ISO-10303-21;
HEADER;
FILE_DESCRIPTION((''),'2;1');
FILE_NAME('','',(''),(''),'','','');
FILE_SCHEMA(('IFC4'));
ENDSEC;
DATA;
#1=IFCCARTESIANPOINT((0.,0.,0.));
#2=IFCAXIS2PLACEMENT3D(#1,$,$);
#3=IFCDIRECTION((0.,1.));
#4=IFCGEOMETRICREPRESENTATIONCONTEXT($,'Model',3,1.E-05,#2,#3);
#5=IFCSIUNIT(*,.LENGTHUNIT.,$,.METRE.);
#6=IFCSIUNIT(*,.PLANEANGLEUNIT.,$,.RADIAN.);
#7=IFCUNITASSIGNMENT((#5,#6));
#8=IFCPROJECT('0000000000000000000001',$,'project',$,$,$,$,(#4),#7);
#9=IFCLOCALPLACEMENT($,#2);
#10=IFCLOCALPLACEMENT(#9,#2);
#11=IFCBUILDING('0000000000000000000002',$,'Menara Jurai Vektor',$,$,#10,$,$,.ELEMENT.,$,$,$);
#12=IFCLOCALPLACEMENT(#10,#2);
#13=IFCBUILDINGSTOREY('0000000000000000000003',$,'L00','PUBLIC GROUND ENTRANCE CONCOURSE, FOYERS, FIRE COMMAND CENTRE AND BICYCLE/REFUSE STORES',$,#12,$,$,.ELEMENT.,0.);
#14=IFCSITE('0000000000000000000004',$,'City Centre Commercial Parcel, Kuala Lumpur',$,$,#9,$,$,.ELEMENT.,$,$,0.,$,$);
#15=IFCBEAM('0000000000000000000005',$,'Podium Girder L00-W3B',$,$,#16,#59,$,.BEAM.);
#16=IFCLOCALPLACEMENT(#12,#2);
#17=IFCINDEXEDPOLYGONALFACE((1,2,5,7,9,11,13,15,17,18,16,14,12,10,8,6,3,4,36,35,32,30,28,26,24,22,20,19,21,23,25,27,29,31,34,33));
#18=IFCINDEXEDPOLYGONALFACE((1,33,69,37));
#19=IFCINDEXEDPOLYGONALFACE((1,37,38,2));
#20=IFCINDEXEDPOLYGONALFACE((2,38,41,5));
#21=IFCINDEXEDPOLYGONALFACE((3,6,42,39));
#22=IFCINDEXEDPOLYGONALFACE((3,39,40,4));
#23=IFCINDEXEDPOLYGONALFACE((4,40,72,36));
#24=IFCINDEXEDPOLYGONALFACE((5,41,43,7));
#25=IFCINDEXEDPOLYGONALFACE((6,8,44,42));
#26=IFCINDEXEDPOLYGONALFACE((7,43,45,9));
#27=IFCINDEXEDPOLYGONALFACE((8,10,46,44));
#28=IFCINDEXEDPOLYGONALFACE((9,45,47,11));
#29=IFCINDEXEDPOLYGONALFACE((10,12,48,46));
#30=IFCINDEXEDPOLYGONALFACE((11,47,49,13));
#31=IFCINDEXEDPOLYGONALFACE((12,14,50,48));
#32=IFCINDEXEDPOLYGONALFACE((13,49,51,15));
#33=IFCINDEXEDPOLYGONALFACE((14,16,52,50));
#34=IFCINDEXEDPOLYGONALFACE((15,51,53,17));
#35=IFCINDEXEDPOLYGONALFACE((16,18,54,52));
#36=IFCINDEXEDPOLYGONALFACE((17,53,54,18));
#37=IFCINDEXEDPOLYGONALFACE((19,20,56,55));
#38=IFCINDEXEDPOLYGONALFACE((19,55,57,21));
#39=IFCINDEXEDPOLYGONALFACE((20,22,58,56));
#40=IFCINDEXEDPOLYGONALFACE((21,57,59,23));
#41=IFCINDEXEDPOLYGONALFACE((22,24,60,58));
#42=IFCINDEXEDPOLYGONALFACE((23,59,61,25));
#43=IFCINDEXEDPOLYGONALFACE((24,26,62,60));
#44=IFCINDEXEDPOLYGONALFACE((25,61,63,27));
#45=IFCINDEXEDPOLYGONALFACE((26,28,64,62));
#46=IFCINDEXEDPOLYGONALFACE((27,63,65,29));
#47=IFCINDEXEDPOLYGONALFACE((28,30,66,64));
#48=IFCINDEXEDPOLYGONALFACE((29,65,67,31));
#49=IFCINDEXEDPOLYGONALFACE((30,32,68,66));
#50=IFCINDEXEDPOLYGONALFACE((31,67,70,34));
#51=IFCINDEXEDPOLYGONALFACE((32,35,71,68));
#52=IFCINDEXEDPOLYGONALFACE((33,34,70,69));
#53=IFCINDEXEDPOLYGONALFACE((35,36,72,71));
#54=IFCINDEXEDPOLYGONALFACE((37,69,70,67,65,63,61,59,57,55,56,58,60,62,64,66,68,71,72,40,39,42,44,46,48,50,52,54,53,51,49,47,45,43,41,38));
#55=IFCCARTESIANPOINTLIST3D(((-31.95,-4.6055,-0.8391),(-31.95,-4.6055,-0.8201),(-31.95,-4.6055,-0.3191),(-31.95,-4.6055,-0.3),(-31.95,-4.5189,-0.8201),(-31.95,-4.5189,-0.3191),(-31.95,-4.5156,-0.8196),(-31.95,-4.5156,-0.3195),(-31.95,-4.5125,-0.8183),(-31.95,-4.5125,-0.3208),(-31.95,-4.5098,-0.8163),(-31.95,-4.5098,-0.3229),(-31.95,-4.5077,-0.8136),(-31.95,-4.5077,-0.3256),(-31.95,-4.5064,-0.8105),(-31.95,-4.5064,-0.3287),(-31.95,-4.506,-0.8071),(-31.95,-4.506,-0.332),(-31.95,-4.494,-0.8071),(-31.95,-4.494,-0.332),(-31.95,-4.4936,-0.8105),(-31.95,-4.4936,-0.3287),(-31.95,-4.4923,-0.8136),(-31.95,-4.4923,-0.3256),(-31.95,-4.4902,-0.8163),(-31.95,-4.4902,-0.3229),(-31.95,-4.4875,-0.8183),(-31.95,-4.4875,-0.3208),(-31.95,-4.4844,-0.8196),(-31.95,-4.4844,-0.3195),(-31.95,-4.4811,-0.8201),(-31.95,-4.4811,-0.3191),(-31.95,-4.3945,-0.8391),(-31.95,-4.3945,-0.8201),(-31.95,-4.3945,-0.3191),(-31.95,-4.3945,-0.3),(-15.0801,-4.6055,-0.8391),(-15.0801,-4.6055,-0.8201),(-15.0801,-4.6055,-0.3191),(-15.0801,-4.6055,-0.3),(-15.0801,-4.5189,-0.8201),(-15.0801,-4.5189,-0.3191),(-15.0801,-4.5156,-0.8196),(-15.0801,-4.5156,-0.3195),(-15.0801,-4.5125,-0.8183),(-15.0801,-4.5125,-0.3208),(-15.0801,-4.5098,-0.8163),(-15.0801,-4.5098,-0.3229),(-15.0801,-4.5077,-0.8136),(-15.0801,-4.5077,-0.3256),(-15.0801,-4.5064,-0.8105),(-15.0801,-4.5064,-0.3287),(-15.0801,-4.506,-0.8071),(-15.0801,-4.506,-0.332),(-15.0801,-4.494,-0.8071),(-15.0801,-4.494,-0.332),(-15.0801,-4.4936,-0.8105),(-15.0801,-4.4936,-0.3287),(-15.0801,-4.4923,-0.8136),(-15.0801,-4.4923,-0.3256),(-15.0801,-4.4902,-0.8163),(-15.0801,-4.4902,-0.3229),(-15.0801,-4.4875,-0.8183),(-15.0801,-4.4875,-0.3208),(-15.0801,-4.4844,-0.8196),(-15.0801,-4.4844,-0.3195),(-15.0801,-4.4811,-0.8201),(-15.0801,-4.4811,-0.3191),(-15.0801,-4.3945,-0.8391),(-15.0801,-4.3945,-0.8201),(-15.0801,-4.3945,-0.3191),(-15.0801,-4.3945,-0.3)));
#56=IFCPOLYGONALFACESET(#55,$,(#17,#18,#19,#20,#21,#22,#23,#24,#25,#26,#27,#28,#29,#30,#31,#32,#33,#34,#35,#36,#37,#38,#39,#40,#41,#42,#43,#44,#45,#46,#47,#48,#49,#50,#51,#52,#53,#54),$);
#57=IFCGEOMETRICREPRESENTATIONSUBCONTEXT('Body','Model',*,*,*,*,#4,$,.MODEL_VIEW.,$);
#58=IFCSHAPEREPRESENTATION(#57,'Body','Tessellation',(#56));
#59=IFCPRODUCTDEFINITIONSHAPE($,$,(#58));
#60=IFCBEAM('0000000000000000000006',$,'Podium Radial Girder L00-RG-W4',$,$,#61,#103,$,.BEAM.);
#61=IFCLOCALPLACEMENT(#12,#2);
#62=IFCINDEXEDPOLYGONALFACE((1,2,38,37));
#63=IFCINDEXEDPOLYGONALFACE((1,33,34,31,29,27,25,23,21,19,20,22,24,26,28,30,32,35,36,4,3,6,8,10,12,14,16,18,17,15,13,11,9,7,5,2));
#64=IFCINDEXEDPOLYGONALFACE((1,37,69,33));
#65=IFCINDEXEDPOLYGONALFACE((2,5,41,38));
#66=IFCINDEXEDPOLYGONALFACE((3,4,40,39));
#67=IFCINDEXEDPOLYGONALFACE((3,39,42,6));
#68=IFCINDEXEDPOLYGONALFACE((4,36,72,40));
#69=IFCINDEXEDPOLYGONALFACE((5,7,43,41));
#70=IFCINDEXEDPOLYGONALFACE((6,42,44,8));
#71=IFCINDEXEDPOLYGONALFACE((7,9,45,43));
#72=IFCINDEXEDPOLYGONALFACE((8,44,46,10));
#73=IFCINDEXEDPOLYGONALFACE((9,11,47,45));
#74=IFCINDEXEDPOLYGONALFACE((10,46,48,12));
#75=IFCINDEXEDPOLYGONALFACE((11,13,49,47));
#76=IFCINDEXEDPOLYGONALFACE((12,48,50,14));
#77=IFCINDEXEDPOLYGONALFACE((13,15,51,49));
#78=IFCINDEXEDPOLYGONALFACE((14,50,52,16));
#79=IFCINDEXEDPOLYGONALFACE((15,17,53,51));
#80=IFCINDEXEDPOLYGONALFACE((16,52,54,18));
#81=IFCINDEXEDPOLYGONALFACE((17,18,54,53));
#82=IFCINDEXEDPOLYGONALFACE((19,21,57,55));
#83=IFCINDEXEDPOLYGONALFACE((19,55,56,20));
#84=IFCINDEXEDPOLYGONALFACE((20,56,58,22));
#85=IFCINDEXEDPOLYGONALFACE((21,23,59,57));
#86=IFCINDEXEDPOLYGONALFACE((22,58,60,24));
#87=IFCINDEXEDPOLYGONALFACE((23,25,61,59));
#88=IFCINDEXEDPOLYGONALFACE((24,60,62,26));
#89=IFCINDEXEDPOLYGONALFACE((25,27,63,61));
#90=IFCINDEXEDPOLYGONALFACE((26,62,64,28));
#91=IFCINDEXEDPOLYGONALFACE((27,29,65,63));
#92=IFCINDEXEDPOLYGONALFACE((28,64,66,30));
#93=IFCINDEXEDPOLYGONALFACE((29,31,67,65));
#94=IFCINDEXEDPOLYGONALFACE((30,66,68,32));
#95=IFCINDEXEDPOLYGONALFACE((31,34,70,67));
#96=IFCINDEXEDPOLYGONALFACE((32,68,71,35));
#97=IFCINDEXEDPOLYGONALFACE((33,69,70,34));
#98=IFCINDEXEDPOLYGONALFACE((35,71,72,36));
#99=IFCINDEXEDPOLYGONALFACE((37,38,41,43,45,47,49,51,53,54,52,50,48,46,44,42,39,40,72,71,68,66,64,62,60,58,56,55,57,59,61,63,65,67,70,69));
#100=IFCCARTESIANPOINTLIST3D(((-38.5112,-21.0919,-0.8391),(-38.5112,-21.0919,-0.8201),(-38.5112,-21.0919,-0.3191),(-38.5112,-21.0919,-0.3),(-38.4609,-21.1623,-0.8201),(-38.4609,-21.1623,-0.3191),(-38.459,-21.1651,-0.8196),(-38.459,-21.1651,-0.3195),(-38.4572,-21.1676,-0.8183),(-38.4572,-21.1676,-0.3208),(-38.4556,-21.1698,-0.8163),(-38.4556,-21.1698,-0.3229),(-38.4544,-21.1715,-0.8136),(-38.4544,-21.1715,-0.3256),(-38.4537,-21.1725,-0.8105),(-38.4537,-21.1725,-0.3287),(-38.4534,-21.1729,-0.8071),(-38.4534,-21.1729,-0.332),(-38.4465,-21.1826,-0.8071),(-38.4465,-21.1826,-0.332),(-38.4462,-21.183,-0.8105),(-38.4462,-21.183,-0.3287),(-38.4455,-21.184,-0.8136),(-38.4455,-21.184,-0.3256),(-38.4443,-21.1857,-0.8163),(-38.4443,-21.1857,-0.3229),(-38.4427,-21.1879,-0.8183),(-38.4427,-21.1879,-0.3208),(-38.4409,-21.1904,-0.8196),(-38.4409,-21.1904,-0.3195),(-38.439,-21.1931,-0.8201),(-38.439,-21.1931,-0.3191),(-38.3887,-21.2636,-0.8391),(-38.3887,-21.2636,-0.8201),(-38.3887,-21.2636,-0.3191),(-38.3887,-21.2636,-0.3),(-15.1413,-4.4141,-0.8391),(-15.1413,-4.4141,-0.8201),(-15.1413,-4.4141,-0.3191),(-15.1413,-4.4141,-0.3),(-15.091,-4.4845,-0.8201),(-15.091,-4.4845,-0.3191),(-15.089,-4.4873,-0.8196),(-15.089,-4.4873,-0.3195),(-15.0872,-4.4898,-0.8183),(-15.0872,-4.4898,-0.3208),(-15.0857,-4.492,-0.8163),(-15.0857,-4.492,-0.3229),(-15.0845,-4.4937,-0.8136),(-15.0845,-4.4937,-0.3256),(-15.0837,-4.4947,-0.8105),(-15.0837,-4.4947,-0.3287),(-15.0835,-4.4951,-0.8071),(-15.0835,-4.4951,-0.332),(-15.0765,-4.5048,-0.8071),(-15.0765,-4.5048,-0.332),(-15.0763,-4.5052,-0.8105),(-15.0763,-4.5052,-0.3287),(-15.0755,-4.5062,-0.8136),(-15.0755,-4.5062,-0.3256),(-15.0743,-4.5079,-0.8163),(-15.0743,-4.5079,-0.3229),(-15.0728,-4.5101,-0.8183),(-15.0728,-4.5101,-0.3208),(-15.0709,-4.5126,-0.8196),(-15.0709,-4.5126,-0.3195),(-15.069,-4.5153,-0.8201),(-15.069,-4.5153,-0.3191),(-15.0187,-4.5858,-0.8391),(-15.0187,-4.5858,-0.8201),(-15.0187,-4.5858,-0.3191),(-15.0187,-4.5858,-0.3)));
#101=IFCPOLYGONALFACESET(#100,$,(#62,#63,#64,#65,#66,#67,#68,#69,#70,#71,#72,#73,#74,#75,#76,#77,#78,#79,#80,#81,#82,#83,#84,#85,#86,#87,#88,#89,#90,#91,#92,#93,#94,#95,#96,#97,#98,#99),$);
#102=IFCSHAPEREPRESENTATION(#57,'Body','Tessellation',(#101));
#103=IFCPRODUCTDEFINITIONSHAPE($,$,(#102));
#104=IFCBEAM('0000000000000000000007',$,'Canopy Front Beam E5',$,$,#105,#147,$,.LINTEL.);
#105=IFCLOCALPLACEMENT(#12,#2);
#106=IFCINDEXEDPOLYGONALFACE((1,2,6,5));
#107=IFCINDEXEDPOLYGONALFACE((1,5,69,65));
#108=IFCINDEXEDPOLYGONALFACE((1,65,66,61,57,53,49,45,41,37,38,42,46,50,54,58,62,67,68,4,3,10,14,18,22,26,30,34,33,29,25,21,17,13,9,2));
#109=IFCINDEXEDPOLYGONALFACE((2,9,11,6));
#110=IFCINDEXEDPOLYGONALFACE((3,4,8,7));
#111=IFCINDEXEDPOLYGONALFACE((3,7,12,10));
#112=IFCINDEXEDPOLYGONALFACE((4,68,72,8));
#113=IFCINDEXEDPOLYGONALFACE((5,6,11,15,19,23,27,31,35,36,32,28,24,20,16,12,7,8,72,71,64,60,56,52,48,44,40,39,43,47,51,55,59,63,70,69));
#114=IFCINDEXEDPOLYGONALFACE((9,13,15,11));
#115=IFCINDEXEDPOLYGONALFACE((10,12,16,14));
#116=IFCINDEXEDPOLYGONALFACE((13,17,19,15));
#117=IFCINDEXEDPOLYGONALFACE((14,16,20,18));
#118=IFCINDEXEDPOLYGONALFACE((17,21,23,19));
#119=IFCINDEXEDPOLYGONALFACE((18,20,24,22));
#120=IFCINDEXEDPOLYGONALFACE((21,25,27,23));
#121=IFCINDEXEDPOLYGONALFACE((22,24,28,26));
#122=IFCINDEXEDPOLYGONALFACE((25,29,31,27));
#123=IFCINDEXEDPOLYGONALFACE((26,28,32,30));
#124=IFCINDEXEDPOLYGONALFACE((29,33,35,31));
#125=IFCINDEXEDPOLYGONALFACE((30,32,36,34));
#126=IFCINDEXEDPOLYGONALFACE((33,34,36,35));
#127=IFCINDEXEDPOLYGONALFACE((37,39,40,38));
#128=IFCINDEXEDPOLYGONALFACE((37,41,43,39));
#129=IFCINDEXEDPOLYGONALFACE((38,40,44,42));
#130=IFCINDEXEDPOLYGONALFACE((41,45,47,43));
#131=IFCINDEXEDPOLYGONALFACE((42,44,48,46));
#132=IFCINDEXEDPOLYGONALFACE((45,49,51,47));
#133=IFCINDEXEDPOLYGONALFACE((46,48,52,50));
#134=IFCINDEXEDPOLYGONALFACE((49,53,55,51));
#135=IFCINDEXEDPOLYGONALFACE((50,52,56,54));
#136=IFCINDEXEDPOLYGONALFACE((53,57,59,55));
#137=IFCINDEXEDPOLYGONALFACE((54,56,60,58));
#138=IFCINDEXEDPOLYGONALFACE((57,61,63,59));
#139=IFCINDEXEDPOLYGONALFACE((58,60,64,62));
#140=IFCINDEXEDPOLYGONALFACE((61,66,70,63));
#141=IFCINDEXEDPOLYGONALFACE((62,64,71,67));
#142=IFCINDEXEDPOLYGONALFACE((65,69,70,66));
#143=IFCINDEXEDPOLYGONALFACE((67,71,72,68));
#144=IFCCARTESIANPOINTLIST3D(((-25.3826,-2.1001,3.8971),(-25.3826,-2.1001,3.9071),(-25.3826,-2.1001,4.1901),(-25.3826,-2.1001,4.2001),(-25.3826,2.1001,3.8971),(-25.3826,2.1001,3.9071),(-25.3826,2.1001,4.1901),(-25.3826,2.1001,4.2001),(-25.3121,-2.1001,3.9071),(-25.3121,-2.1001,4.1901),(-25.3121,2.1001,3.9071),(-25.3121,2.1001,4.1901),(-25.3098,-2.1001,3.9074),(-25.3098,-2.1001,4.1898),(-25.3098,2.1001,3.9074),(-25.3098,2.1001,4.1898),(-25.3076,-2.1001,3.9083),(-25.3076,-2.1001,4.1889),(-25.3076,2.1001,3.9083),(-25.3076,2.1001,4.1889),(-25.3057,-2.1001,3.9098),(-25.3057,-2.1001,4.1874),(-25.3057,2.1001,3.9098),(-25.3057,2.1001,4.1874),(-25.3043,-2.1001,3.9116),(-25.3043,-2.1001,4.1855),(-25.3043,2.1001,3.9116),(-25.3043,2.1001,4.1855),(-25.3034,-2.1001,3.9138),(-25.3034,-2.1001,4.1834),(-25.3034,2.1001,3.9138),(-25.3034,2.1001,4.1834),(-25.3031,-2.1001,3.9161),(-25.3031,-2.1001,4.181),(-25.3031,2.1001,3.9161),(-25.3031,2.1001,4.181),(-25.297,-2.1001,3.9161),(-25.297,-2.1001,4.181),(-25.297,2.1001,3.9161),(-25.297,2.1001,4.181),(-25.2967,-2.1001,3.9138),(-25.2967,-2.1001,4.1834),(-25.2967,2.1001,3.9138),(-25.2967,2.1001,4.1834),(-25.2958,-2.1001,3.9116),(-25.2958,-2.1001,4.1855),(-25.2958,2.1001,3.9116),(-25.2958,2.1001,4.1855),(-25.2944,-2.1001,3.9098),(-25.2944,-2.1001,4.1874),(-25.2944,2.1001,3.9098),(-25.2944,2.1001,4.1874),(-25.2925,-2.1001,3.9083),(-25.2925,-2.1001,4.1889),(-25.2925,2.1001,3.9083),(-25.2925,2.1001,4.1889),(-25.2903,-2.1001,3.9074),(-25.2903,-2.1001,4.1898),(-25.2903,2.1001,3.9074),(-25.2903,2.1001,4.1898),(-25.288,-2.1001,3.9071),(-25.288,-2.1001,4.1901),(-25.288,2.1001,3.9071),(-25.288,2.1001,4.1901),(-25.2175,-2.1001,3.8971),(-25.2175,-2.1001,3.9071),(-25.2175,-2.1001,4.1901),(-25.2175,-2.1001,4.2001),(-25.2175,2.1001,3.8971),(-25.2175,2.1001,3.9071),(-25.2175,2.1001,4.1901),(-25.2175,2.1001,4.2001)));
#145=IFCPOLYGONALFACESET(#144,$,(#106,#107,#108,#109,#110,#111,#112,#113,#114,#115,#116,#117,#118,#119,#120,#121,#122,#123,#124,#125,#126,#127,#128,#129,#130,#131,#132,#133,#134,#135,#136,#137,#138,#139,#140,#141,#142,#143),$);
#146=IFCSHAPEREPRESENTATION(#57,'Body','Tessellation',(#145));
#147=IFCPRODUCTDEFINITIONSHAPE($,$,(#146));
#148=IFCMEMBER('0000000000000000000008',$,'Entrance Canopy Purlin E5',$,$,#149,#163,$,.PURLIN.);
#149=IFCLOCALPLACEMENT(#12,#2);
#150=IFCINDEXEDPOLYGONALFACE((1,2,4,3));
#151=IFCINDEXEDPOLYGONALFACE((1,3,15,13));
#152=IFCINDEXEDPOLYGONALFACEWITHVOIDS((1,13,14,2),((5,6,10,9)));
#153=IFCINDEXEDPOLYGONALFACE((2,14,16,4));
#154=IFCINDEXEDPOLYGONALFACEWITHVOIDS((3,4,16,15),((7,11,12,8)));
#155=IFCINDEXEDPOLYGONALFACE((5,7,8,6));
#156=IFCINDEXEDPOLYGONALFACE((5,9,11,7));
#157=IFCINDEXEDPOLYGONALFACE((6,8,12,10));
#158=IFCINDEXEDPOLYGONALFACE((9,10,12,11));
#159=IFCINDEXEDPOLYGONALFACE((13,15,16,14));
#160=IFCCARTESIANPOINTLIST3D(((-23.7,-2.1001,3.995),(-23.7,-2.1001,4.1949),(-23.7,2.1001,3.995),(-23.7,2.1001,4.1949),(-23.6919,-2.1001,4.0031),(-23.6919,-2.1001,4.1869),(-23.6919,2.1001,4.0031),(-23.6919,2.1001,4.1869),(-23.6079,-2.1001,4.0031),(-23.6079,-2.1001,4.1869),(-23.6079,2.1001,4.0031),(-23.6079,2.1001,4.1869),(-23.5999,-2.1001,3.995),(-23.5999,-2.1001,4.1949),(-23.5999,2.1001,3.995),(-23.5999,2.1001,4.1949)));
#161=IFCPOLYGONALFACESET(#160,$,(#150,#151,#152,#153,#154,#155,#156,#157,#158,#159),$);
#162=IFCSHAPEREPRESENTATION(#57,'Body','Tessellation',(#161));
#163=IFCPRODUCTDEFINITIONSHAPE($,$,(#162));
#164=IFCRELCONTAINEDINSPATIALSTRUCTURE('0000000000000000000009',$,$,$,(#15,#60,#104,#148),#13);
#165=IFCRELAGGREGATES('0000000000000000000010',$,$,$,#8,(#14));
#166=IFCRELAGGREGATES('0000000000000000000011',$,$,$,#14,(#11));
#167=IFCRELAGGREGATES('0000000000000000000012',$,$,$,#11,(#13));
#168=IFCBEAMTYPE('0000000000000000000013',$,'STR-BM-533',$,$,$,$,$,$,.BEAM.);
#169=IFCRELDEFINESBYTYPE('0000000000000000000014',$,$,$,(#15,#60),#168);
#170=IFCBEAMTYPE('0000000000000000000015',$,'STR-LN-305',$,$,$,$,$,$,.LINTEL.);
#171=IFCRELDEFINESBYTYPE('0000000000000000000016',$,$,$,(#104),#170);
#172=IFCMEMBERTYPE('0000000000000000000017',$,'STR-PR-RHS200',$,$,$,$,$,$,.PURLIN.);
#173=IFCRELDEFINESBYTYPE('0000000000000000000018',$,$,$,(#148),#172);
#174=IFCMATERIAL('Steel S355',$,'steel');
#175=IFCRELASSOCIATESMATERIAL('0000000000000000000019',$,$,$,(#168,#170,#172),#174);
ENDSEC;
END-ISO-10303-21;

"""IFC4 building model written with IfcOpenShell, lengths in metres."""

from ifc_helpers import new_model, si_unit, direction, frame, origin, origin_2d, place, context, subcontext, project, spatial, hollow_rectangle, i_section, extrude, material, material_profile, profile_set, type_object, element, save


model = new_model("IFC4")

# Units and contexts
model_context = context("Model", 3, precision=1e-05, world=origin(), true_north=direction((0.0, 1.0)))
body_context = subcontext(model_context, "Body", "Model", "MODEL_VIEW")
ifc_project = project(units=[si_unit("LENGTHUNIT", "METRE"), si_unit("PLANEANGLEUNIT", "RADIAN")], contexts=[model_context])

# Site, building, storey
site_placement = place(None, origin())
site = spatial("IfcSite", under=ifc_project, at=site_placement, Name="City Centre Commercial Parcel, Kuala Lumpur", CompositionType="ELEMENT", RefElevation=0.0)
building_placement = place(site_placement, origin())
building = spatial("IfcBuilding", under=site, at=building_placement, Name="Menara Jurai Vektor", CompositionType="ELEMENT")
storey_placement = place(building_placement, origin())
storey = spatial("IfcBuildingStorey", under=building, at=storey_placement, Name="L00", Description="PUBLIC GROUND ENTRANCE CONCOURSE, FOYERS, FIRE COMMAND CENTRE AND BICYCLE/REFUSE STORES", CompositionType="ELEMENT", Elevation=0.0)

# Shared definitions
ifc_material_1 = material(Name="Steel S355", Category="steel")

# Beams
ifc_material_profile_1 = material_profile(ifc_material_1, i_section(OverallWidth=0.2109, OverallDepth=0.5391, WebThickness=0.012, FlangeThickness=0.019, FilletRadius=0.0129, at=origin_2d()), Name="UKB 533x210x109")
ifc_profile_set_1 = profile_set([ifc_material_profile_1], Name="Steel S355")
beam_type_1 = type_object("IfcBeamType", Name="STR-BM-533", PredefinedType="BEAM", material=ifc_profile_set_1)
beam_1_placement = place(storey_placement, frame((-31.95, -4.5, -0.5696), z_axis=(1.0, 0.0, 0.0), x_axis=(0.0, 1.0, 0.0)))
element("IfcBeam", 1, at=beam_1_placement, inside=storey, type_object=beam_type_1, Name="Podium Girder L00-W3B", PredefinedType="BEAM", context=body_context, shape_type="SweptSolid", body=[
    extrude(i_section(OverallWidth=0.2109, OverallDepth=0.5391, WebThickness=0.012, FlangeThickness=0.019, FilletRadius=0.0129, at=origin_2d()), origin(), (0.0, 0.0, 1.0), 16.8699),
])
beam_2_placement = place(storey_placement, frame((-38.45, -21.1777, -0.5696), z_axis=(0.813981, 0.580891, 0.0), x_axis=(-0.580891, 0.813981, 0.0)))
element("IfcBeam", 2, at=beam_2_placement, inside=storey, type_object=beam_type_1, Name="Podium Radial Girder L00-RG-W4", PredefinedType="BEAM", context=body_context, shape_type="SweptSolid", body=[
    extrude(i_section(OverallWidth=0.2109, OverallDepth=0.5391, WebThickness=0.012, FlangeThickness=0.019, FilletRadius=0.0129, at=origin_2d()), origin(), (0.0, 0.0, 1.0), 28.7107),
])
ifc_material_profile_2 = material_profile(ifc_material_1, i_section(OverallWidth=0.165, OverallDepth=0.303, WebThickness=0.0061, FlangeThickness=0.01, FilletRadius=0.009, at=origin_2d()), Name="UKB 305x165x40")
ifc_profile_set_2 = profile_set([ifc_material_profile_2], Name="Steel S355")
beam_type_2 = type_object("IfcBeamType", Name="STR-LN-305", PredefinedType="LINTEL", material=ifc_profile_set_2)
beam_3_placement = place(storey_placement, frame((-25.3, -2.1001, 4.0486), z_axis=(0.0, 1.0, 0.0), x_axis=(-1.0, 0.0, 0.0)))
element("IfcBeam", 3, at=beam_3_placement, inside=storey, type_object=beam_type_2, Name="Canopy Front Beam E5", PredefinedType="LINTEL", context=body_context, shape_type="SweptSolid", body=[
    extrude(i_section(OverallWidth=0.165, OverallDepth=0.303, WebThickness=0.0061, FlangeThickness=0.01, FilletRadius=0.009, at=origin_2d()), origin(), (0.0, 0.0, 1.0), 4.2002),
])

# Member
ifc_material_profile_3 = material_profile(ifc_material_1, hollow_rectangle(XDim=0.1001, YDim=0.2, WallThickness=0.0081, at=origin_2d()), Name="RHS 200x100x8")
ifc_profile_set_3 = profile_set([ifc_material_profile_3], Name="Steel S355")
member_type = type_object("IfcMemberType", Name="STR-PR-RHS200", PredefinedType="PURLIN", material=ifc_profile_set_3)
member_placement = place(storey_placement, frame((-23.6499, -2.1001, 4.095), z_axis=(0.0, 1.0, 0.0), x_axis=(-1.0, 0.0, 0.0)))
element("IfcMember", 4, at=member_placement, inside=storey, type_object=member_type, Name="Entrance Canopy Purlin E5", PredefinedType="PURLIN", context=body_context, shape_type="SweptSolid", body=[
    extrude(hollow_rectangle(XDim=0.1001, YDim=0.2, WallThickness=0.0081, at=origin_2d()), origin(), (0.0, 0.0, 1.0), 4.2002),
])

save(model, "model.ifc")
